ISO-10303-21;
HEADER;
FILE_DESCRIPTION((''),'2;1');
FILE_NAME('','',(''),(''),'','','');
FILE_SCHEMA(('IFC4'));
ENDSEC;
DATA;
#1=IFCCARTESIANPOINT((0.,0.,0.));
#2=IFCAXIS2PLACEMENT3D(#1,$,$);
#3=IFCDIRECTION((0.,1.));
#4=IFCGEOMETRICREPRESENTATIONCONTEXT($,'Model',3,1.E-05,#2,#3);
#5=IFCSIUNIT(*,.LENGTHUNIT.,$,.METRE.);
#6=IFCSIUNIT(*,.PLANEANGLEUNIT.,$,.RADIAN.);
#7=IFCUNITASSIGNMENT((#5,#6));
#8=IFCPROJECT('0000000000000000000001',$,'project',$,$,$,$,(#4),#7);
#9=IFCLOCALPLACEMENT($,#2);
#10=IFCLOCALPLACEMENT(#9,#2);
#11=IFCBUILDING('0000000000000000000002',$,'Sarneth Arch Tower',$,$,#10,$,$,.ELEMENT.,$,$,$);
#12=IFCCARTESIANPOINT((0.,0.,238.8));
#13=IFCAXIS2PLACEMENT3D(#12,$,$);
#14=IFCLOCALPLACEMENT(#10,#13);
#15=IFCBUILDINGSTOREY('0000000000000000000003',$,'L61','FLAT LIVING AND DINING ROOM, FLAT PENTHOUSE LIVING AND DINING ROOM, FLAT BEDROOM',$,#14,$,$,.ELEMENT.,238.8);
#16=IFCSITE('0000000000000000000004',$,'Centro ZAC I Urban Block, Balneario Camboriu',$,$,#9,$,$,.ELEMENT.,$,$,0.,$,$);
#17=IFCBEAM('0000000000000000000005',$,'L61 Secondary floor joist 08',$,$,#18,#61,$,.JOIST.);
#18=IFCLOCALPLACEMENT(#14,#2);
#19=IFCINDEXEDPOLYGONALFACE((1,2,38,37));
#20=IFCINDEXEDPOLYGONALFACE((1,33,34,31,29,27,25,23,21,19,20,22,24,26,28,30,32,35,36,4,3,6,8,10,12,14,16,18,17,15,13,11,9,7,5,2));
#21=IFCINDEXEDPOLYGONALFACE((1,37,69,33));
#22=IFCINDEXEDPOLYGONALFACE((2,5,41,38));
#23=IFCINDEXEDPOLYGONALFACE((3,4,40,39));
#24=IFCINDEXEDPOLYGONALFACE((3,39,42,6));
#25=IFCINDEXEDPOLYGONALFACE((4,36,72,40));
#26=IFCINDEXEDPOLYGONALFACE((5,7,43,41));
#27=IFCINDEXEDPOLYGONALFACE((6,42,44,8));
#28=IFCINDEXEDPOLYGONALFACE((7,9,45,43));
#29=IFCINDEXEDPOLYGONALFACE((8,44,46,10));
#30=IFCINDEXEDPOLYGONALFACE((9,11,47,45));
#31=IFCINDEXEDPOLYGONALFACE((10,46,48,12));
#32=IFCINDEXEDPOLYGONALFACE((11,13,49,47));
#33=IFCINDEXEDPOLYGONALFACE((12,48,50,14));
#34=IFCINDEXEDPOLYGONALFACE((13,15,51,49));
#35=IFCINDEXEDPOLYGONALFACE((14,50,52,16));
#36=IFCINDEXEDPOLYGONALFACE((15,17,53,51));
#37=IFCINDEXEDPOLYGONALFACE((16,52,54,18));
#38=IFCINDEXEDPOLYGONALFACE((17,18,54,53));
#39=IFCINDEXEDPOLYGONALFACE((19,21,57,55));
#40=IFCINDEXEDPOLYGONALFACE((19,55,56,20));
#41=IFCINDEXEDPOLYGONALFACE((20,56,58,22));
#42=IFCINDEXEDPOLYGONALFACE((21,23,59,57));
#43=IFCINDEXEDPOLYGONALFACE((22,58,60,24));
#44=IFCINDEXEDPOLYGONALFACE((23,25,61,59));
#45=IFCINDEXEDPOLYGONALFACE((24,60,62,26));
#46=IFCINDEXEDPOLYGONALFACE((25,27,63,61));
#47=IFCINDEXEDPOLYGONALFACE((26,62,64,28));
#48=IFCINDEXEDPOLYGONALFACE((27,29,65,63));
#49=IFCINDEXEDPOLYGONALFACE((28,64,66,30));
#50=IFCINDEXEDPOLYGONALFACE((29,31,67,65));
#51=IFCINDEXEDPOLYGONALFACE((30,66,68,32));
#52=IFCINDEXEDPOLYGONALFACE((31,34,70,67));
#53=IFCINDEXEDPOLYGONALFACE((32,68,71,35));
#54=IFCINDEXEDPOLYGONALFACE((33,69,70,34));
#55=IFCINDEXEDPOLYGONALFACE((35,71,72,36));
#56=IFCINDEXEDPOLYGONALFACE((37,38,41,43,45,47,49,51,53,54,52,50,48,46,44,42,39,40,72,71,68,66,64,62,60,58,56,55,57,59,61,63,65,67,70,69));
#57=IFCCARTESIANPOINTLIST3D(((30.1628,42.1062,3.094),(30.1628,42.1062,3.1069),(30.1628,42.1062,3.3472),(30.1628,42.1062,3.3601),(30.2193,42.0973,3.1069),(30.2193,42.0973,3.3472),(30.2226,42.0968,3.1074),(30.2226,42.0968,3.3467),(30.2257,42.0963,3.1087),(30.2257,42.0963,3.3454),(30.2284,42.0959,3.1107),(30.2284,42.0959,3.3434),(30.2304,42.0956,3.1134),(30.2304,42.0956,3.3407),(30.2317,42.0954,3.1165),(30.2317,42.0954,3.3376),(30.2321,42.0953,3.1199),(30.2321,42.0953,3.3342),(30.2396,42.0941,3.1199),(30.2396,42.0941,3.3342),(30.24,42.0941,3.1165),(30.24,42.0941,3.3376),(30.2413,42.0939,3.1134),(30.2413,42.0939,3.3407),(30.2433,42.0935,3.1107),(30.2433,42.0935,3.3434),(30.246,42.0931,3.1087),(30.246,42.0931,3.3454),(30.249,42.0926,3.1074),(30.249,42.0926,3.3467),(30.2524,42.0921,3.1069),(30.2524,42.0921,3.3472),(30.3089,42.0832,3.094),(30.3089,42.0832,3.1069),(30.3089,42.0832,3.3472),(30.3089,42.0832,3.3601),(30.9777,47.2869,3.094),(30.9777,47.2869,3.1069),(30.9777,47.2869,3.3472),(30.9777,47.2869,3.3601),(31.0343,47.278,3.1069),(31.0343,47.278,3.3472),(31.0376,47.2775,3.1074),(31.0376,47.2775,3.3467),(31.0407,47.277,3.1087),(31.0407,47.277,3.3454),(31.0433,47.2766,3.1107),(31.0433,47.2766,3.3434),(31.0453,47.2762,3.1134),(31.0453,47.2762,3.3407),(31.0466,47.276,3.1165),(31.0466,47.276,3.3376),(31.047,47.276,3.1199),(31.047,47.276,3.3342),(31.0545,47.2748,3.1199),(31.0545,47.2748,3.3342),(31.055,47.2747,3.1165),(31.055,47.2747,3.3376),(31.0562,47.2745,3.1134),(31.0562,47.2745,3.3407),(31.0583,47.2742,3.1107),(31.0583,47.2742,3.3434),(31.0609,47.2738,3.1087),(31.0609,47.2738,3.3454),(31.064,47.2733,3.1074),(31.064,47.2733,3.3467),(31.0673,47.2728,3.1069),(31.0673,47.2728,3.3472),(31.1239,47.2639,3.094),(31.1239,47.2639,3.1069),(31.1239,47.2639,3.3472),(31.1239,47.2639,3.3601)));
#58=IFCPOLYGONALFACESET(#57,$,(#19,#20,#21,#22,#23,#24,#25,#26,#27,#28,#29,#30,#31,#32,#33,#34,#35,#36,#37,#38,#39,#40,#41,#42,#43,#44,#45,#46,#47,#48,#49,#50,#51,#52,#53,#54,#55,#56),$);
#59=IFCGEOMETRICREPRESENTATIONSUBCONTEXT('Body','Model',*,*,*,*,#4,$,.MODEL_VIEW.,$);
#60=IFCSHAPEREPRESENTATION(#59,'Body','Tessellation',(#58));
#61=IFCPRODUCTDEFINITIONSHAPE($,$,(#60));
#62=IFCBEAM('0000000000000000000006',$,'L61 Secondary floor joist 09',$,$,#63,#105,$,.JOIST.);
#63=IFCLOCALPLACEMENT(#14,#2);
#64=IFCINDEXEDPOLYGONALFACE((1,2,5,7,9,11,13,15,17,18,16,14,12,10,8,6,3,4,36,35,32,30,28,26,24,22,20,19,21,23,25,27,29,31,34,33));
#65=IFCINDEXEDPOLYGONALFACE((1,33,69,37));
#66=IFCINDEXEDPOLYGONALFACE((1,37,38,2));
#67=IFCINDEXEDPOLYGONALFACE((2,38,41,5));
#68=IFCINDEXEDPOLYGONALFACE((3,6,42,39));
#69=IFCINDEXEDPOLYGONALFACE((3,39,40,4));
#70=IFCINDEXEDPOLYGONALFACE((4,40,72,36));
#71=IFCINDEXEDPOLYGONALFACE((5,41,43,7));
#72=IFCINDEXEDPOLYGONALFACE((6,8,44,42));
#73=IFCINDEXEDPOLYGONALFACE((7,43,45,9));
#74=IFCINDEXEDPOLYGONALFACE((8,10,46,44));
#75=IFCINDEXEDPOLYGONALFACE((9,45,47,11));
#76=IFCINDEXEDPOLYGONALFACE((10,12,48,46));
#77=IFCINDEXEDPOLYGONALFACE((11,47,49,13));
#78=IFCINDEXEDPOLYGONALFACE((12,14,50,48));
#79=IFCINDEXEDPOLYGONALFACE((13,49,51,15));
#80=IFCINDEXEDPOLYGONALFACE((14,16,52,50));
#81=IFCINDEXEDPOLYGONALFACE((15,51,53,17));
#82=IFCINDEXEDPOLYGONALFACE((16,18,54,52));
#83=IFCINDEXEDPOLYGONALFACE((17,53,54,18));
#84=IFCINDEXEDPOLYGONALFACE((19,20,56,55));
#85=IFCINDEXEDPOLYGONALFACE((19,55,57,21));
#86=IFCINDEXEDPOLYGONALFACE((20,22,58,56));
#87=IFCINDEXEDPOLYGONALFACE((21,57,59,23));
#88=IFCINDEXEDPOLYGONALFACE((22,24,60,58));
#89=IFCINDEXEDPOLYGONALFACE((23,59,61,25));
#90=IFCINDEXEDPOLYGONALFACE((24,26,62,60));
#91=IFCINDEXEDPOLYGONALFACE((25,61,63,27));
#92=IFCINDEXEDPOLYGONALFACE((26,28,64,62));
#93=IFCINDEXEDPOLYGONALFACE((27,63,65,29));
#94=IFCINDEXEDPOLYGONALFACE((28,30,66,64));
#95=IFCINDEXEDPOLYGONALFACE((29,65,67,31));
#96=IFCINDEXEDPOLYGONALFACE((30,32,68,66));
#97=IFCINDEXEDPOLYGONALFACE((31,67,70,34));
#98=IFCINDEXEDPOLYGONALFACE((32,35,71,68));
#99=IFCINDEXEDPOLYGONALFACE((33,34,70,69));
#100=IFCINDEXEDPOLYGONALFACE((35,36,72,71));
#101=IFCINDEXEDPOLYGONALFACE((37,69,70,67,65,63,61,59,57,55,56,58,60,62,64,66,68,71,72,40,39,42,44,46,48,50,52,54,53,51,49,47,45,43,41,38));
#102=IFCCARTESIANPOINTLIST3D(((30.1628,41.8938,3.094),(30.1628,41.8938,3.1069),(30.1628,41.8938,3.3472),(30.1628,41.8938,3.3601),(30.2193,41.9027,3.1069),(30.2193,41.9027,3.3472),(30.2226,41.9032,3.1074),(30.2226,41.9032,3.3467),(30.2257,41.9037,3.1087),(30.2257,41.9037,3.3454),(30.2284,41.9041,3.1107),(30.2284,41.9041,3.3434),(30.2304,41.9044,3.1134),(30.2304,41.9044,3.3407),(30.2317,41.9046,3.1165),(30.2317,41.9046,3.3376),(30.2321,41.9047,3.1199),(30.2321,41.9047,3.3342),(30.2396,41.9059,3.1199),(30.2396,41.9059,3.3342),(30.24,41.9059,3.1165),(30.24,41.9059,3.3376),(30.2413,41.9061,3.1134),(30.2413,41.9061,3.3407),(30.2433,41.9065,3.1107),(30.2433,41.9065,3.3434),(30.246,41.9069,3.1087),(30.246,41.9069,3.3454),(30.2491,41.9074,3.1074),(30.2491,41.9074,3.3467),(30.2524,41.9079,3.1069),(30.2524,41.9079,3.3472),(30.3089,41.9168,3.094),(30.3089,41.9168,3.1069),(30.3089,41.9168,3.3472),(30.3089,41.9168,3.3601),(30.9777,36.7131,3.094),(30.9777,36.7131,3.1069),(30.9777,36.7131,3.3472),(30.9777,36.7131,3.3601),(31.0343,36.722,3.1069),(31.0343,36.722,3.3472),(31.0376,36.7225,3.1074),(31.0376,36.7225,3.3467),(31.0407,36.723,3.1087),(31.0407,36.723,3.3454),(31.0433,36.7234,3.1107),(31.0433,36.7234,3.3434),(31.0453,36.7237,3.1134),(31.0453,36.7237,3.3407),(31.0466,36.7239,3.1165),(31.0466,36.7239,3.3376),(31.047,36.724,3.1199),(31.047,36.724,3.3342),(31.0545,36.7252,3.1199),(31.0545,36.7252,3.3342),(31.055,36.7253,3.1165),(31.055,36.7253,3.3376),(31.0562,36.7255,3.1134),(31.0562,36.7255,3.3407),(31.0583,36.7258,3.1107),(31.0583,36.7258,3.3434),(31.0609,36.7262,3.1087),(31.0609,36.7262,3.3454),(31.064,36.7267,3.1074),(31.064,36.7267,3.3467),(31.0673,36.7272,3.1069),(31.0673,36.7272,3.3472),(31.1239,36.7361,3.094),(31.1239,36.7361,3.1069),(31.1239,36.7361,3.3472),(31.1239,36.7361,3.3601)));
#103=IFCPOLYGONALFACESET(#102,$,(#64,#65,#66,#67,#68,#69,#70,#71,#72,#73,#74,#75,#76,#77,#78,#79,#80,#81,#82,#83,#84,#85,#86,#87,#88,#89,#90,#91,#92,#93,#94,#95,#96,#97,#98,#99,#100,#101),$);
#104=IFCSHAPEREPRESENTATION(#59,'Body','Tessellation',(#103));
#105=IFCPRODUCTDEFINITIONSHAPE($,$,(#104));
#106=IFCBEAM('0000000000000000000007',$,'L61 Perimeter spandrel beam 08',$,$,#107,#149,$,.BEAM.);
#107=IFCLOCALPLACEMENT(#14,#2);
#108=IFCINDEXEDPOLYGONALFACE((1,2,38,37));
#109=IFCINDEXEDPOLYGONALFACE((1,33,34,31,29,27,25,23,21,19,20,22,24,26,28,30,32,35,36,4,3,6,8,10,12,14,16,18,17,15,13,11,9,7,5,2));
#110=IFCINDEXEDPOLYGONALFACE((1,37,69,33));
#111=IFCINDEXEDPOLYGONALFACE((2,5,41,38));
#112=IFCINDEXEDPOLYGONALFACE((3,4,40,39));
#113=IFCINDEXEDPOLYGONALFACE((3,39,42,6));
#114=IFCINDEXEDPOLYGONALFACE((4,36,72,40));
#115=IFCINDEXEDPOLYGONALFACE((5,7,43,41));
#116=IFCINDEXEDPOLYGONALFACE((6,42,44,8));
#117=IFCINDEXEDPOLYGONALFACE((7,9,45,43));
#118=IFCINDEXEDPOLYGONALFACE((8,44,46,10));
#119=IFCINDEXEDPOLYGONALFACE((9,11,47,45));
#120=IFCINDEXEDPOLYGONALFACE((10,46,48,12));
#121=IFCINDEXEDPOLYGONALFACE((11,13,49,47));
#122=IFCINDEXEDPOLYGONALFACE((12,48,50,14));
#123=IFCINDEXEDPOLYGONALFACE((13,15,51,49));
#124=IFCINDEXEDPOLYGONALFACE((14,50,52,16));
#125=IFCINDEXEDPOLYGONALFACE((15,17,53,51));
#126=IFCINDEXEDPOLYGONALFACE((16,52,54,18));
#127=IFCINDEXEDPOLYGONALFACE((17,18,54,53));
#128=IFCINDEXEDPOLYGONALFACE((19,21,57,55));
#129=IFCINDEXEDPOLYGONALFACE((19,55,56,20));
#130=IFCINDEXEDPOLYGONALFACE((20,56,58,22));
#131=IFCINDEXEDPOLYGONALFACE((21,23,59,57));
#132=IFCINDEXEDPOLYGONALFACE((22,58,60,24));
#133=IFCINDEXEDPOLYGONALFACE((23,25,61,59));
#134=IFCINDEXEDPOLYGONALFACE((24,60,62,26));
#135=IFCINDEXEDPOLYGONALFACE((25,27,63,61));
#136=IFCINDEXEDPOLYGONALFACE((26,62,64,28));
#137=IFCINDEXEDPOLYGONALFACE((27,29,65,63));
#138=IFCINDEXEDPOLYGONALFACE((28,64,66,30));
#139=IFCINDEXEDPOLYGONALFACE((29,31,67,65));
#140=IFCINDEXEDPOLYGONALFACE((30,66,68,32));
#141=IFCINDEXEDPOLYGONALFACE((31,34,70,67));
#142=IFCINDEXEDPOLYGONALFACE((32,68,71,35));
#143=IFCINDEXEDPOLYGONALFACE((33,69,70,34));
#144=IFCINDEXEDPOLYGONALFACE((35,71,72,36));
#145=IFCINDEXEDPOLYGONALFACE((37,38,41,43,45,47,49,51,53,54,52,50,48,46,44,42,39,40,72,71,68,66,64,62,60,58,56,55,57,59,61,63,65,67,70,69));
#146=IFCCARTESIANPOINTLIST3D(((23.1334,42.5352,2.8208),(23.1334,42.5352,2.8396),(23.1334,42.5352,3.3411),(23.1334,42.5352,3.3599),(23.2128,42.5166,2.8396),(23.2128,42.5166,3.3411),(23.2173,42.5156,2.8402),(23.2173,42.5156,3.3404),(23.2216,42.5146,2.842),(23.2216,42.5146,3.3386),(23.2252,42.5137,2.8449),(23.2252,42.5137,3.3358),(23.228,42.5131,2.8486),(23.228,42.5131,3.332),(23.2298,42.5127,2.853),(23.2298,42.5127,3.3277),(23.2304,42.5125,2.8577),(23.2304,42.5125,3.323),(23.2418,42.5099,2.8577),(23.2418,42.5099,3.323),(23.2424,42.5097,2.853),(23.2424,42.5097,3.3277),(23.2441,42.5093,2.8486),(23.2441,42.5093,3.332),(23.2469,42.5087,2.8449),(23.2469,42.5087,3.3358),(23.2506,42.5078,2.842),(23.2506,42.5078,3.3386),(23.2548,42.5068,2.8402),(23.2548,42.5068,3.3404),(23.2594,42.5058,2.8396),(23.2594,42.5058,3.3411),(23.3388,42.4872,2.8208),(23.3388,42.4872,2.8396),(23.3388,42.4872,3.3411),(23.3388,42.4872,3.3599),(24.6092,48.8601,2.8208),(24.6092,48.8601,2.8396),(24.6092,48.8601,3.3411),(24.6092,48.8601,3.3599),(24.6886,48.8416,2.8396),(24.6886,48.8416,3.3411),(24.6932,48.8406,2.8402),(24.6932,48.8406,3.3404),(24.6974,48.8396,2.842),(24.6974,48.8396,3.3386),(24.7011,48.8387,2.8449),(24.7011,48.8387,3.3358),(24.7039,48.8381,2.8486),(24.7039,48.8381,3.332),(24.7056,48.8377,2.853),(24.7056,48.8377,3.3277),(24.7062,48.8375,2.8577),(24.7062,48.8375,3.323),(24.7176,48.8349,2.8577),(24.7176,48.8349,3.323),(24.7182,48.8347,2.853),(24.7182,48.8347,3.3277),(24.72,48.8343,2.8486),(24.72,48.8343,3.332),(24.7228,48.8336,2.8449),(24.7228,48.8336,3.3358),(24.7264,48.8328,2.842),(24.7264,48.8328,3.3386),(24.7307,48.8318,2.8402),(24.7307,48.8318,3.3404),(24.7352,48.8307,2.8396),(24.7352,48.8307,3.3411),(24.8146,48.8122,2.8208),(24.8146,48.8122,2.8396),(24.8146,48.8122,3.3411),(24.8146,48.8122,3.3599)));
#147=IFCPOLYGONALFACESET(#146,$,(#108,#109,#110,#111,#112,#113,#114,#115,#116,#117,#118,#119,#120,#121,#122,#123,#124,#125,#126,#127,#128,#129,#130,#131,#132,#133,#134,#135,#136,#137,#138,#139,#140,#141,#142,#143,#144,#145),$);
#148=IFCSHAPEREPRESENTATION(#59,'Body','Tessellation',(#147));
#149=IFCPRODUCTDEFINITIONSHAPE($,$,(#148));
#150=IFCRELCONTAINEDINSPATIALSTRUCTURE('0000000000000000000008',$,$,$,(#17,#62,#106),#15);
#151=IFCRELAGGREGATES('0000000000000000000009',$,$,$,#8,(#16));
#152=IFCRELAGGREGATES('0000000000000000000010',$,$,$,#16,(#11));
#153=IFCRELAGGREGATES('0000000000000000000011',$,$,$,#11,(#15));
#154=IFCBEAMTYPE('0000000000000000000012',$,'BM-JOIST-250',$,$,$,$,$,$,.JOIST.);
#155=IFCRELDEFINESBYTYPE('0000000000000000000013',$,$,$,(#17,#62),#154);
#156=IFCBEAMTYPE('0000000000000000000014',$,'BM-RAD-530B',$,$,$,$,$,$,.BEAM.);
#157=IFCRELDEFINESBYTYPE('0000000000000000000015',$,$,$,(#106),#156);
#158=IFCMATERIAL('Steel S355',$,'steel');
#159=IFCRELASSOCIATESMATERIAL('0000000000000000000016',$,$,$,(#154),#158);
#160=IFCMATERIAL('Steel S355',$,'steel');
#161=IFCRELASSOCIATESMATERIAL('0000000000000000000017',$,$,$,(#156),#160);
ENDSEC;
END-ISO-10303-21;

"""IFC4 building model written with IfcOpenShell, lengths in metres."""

from ifc_helpers import new_model, si_unit, direction, frame, origin, origin_2d, place, context, subcontext, project, spatial, i_section, extrude, material, material_profile, profile_set, type_object, element, save


model = new_model("IFC4")

# Units and contexts
model_context = context("Model", 3, precision=1e-05, world=origin(), true_north=direction((0.0, 1.0)))
body_context = subcontext(model_context, "Body", "Model", "MODEL_VIEW")
ifc_project = project(units=[si_unit("LENGTHUNIT", "METRE"), si_unit("PLANEANGLEUNIT", "RADIAN")], contexts=[model_context])

# Site, building, storey
site_placement = place(None, origin())
site = spatial("IfcSite", under=ifc_project, at=site_placement, Name="Centro ZAC I Urban Block, Balneario Camboriu", CompositionType="ELEMENT", RefElevation=0.0)
building_placement = place(site_placement, origin())
building = spatial("IfcBuilding", under=site, at=building_placement, Name="Sarneth Arch Tower", CompositionType="ELEMENT")
storey_placement = place(building_placement, frame((0.0, 0.0, 238.8)))
storey = spatial("IfcBuildingStorey", under=building, at=storey_placement, Name="L61", Description="FLAT LIVING AND DINING ROOM, FLAT PENTHOUSE LIVING AND DINING ROOM, FLAT BEDROOM", CompositionType="ELEMENT", Elevation=238.8)

# Beams
ifc_material_1 = material(Name="Steel S355", Category="steel")
ifc_material_profile_1 = material_profile(ifc_material_1, i_section(OverallWidth=0.1479, OverallDepth=0.2661, WebThickness=0.0076, FlangeThickness=0.0129, FilletRadius=0.0129, at=origin_2d()), Name="W250x44.8")
ifc_profile_set_1 = profile_set([ifc_material_profile_1], Name="Steel S355")
beam_type_1 = type_object("IfcBeamType", Name="BM-JOIST-250", PredefinedType="JOIST", material=ifc_profile_set_1)
for number, where, z_axis, x_axis, name in (
    (1, (31.0508, 47.2754, 3.2271), (-0.155394, -0.987853, 0.0), (0.987853, -0.155394, 0.0), "L61 Secondary floor joist 08"),
    (2, (30.2358, 41.9053, 3.2271), (0.155394, -0.987853, 0.0), (0.987853, 0.155394, 0.0), "L61 Secondary floor joist 09"),
):
    element("IfcBeam", number, at=place(storey_placement, frame(where, z_axis=z_axis, x_axis=x_axis)), inside=storey, type_object=beam_type_1, Name=name, PredefinedType="JOIST", context=body_context, shape_type="SweptSolid", body=[
        extrude(i_section(OverallWidth=0.1479, OverallDepth=0.2661, WebThickness=0.0076, FlangeThickness=0.0129, FilletRadius=0.0129, at=origin_2d()), origin(), (0.0, 0.0, 1.0), 5.2444),
    ])
ifc_material_2 = material(Name="Steel S355", Category="steel")
ifc_material_profile_2 = material_profile(ifc_material_2, i_section(OverallWidth=0.2109, OverallDepth=0.5391, WebThickness=0.0117, FlangeThickness=0.0188, FilletRadius=0.0181, at=origin_2d()), Name="W530x109")
ifc_profile_set_2 = profile_set([ifc_material_profile_2], Name="Steel S355")
beam_type_2 = type_object("IfcBeamType", Name="BM-RAD-530B", PredefinedType="BEAM", material=ifc_profile_set_2)
beam_placement = place(storey_placement, frame((24.7119, 48.8362, 3.0903), z_axis=(-0.227231, -0.973841, 0.0), x_axis=(0.973841, -0.227231, 0.0)))
element("IfcBeam", 3, at=beam_placement, inside=storey, type_object=beam_type_2, Name="L61 Perimeter spandrel beam 08", PredefinedType="BEAM", context=body_context, shape_type="SweptSolid", body=[
    extrude(i_section(OverallWidth=0.2109, OverallDepth=0.5391, WebThickness=0.0117, FlangeThickness=0.0188, FilletRadius=0.0181, at=origin_2d()), origin(), (0.0, 0.0, 1.0), 6.4949),
])

save(model, "model.ifc")
